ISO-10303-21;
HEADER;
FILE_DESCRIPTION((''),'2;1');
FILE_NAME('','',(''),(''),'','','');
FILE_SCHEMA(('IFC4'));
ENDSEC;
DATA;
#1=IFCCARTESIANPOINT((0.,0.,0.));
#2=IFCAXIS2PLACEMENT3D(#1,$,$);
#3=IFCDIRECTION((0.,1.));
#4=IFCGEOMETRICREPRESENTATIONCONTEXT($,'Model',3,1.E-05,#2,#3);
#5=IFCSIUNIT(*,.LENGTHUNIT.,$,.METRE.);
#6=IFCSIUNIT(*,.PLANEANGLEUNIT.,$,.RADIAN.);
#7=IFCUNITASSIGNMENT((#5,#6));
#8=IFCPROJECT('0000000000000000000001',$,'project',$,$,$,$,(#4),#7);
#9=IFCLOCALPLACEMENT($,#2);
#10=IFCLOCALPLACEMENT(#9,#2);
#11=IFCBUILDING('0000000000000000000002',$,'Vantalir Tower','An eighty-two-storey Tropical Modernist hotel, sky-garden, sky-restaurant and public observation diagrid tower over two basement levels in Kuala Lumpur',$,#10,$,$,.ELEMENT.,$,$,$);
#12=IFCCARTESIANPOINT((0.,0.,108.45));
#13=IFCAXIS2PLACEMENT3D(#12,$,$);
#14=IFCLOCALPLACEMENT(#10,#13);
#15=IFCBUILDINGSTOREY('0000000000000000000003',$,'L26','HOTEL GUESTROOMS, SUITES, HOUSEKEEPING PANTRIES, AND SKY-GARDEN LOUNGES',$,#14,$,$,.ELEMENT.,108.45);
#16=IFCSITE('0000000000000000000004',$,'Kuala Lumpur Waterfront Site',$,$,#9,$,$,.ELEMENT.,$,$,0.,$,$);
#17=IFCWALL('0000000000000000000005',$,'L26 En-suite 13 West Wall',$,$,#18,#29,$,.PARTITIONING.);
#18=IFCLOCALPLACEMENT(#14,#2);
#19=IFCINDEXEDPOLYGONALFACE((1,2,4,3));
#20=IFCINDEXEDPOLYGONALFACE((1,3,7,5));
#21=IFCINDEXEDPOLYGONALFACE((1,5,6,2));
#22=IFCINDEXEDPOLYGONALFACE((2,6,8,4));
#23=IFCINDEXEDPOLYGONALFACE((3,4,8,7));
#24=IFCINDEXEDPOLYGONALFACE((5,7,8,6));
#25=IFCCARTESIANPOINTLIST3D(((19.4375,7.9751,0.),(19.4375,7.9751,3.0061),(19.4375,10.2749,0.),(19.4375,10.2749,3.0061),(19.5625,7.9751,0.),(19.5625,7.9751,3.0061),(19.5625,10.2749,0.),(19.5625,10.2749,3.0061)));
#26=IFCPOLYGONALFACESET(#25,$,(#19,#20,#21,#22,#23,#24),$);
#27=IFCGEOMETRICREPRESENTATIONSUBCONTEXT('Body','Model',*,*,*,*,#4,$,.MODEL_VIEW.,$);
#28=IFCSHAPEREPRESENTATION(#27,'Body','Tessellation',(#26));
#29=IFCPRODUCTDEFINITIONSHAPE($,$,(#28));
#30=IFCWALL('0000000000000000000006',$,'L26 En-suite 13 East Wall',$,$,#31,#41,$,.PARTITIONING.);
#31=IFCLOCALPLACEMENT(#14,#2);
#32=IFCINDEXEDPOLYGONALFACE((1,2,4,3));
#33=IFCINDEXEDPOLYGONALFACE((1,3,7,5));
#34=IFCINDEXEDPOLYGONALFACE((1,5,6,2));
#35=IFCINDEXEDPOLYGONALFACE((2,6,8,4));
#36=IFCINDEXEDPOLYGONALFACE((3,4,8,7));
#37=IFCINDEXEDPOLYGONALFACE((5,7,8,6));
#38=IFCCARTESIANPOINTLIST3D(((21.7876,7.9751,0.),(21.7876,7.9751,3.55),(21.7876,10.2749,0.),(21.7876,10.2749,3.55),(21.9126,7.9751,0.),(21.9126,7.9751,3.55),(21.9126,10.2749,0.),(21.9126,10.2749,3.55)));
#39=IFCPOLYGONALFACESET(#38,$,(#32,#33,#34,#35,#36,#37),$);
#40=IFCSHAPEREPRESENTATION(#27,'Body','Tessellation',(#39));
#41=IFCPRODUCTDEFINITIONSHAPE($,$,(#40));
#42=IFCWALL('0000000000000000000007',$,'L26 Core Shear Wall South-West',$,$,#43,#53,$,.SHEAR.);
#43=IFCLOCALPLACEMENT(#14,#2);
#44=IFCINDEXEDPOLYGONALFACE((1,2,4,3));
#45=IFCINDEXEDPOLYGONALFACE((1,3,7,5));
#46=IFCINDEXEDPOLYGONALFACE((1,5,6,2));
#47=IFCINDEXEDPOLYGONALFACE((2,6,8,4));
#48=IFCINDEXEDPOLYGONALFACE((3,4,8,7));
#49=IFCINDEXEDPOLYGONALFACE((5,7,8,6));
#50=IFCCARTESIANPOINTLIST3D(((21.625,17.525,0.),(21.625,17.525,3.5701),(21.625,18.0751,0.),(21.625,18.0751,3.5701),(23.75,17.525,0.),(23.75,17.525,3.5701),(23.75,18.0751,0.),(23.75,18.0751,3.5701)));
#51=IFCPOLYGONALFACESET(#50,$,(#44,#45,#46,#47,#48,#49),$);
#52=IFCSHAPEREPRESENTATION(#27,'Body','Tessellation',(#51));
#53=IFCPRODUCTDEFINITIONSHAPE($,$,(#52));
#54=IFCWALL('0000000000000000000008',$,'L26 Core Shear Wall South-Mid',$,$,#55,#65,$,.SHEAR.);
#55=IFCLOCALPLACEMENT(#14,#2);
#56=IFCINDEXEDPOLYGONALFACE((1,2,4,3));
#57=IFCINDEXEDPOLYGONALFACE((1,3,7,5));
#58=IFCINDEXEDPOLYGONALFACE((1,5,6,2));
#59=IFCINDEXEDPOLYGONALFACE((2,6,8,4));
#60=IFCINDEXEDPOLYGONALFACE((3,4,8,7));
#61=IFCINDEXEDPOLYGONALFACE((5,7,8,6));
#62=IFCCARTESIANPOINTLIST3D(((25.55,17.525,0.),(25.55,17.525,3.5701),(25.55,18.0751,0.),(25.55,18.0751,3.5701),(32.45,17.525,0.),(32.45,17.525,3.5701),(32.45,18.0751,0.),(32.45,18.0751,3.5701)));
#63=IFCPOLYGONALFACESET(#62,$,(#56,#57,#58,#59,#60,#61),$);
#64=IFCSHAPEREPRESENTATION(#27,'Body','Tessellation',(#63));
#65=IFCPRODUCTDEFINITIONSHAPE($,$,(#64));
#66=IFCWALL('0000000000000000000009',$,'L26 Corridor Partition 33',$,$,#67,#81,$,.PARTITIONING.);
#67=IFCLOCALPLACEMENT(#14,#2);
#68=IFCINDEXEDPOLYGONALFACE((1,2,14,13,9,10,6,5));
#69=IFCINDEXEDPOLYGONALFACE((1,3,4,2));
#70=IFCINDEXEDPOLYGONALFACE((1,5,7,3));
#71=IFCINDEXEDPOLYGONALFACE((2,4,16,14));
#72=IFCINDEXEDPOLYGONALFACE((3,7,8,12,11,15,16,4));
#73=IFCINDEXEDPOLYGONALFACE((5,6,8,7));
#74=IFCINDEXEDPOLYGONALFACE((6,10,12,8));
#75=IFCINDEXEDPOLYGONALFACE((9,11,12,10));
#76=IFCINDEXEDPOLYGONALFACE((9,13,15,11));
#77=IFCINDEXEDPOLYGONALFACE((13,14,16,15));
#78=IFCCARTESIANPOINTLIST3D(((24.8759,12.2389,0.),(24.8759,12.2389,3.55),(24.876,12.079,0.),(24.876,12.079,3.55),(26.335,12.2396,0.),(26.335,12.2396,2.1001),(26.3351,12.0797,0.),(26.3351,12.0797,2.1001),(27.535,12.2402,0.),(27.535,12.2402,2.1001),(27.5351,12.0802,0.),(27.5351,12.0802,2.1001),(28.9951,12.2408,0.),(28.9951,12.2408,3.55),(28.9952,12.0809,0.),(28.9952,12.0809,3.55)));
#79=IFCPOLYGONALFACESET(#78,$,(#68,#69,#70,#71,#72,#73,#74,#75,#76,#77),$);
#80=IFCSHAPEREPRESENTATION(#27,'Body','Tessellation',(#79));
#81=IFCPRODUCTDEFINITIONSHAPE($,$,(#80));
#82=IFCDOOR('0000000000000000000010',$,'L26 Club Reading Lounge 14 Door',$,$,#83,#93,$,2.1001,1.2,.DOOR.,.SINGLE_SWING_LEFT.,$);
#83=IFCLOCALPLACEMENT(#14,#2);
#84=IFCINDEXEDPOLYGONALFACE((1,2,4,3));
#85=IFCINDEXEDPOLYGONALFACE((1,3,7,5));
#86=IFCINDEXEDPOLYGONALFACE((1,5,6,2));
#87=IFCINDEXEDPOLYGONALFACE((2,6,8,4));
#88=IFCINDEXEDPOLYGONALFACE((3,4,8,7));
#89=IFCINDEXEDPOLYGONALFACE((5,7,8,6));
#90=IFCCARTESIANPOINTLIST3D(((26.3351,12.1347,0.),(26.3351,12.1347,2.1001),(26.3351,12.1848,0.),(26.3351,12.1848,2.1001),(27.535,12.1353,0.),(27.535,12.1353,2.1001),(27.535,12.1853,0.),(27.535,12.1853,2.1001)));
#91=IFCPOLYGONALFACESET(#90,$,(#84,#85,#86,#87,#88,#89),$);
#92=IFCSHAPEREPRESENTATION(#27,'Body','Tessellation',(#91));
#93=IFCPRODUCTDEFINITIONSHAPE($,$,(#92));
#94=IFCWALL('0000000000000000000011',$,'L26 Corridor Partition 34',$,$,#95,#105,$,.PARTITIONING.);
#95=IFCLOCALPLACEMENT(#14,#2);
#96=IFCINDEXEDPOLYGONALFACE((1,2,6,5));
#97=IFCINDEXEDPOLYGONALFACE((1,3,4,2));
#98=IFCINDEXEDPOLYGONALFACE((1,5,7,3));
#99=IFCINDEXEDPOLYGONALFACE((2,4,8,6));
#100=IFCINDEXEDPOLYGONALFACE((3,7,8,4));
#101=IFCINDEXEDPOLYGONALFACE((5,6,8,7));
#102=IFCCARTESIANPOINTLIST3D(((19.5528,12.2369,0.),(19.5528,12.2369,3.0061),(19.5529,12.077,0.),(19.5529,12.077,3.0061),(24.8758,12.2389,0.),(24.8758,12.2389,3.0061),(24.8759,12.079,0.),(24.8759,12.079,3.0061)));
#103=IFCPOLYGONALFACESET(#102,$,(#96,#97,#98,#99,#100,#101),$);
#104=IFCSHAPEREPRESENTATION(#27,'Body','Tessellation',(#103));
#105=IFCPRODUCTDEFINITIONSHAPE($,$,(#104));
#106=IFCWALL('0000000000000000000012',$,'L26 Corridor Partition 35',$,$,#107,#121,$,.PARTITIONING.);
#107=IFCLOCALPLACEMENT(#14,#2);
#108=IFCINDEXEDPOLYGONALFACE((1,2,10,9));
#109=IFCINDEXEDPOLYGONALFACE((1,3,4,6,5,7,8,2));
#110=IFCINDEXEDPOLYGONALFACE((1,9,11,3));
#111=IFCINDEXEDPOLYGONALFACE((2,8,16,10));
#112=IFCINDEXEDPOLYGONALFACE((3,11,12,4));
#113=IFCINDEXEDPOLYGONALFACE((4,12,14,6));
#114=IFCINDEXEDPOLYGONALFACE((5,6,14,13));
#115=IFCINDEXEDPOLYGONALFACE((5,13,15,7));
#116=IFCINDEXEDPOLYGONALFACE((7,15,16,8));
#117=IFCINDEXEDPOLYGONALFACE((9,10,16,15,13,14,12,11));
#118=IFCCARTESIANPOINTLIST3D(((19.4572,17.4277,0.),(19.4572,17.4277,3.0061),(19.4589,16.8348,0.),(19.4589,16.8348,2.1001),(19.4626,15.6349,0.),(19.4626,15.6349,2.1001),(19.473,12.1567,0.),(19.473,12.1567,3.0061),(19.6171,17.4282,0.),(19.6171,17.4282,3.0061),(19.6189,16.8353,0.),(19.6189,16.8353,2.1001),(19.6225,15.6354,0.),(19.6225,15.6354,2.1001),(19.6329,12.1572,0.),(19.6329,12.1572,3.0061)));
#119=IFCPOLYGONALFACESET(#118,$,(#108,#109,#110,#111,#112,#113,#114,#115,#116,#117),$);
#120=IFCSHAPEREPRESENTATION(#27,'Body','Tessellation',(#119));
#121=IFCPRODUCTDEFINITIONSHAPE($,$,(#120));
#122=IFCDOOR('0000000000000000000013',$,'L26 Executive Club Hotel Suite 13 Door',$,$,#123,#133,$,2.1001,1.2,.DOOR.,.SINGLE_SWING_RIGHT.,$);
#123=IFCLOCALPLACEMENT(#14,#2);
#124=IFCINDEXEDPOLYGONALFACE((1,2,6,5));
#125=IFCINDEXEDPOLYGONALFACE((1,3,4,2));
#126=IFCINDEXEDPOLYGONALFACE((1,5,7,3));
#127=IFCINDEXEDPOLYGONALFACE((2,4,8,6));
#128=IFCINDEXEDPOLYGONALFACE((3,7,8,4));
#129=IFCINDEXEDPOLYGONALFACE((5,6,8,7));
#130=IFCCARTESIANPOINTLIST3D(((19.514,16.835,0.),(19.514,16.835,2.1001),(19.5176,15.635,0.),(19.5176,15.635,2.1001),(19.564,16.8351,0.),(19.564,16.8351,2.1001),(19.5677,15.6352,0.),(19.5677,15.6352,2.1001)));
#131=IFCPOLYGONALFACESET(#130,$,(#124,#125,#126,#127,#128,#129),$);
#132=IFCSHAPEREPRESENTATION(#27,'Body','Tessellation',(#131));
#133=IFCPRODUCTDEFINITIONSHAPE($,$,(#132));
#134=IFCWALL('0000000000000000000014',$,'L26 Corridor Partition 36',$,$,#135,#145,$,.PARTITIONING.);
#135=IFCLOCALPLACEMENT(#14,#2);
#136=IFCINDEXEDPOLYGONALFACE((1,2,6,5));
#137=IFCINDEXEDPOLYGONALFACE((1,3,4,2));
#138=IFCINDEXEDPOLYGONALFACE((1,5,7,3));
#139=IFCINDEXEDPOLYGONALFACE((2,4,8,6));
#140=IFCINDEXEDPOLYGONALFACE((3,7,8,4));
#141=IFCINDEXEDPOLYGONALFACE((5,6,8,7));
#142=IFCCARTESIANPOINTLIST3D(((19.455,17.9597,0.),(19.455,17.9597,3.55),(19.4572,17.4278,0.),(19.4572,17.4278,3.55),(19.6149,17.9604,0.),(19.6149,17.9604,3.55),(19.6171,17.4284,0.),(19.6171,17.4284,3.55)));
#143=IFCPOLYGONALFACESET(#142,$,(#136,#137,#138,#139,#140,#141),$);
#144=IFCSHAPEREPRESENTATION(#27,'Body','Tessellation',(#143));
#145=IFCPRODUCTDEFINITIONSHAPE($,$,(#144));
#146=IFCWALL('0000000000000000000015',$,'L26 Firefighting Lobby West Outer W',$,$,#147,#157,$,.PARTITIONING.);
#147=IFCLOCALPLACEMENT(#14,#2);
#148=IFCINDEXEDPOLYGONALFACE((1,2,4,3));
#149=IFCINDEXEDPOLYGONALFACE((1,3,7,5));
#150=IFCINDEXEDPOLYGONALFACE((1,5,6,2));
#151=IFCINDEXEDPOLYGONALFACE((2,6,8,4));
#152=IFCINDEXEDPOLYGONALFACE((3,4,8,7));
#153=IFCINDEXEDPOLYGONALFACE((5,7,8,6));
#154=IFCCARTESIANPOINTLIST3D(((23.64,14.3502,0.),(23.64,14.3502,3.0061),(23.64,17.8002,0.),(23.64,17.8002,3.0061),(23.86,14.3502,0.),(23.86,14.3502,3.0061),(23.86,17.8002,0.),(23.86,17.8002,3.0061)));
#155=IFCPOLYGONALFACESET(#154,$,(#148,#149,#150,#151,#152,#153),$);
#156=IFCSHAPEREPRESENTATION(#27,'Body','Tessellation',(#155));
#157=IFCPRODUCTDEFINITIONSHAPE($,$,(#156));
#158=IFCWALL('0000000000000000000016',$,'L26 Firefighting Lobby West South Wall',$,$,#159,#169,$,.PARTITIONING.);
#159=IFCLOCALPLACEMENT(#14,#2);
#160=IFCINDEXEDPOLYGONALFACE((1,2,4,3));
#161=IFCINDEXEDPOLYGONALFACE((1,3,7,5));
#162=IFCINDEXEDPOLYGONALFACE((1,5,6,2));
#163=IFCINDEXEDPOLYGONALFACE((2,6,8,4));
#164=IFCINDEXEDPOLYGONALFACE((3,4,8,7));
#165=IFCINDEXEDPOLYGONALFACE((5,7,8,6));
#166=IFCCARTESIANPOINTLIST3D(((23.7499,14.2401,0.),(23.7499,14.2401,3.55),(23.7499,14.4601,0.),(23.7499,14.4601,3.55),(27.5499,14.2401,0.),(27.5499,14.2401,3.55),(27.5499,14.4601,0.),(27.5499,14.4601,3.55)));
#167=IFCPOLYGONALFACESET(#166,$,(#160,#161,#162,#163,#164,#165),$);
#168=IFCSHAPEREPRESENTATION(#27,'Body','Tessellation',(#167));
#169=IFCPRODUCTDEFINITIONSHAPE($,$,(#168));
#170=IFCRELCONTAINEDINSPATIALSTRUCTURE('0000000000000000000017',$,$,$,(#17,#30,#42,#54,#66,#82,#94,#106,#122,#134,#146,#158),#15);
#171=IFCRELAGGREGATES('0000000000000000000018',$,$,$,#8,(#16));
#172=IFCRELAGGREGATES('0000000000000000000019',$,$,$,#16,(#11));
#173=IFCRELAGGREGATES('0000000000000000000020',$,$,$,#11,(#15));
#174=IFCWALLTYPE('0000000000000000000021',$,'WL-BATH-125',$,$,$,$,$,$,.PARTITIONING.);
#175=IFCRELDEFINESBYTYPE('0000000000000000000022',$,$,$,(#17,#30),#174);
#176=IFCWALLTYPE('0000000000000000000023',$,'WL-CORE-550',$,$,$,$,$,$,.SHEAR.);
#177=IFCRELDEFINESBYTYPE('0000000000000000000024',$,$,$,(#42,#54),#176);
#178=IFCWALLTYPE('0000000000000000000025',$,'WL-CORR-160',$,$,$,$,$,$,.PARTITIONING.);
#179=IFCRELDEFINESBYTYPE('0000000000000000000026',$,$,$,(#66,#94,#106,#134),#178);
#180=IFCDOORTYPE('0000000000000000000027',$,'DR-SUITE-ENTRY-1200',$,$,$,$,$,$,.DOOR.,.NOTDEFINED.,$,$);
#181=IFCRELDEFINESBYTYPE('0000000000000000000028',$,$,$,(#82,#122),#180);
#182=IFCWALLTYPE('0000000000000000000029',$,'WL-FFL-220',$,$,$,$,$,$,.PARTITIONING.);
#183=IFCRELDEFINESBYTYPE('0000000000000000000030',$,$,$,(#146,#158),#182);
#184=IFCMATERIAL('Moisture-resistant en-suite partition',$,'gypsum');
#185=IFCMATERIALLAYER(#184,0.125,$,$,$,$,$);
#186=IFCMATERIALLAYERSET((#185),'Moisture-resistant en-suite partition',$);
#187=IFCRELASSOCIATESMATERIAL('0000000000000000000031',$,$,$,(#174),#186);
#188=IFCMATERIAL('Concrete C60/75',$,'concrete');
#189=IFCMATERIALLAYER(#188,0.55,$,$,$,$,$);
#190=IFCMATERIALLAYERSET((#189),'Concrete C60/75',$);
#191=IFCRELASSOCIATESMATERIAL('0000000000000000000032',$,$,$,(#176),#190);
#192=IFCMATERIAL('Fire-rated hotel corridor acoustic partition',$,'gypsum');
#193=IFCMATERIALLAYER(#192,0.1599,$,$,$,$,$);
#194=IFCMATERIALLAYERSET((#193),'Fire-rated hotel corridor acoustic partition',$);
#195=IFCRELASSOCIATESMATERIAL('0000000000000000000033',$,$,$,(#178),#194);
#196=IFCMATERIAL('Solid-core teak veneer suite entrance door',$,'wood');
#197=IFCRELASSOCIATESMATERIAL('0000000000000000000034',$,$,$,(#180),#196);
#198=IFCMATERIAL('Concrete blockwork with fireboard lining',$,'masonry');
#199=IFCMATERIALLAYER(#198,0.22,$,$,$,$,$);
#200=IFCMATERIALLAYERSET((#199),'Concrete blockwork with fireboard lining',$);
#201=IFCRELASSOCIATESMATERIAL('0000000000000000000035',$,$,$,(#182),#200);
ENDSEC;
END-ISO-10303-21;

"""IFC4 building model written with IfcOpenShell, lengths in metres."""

from ifc_helpers import new_model, si_unit, direction, frame, frame_2d, origin, place, context, subcontext, project, spatial, rectangle, extrude, material, layer, layer_set, type_object, element, fill, save


model = new_model("IFC4")

# Units and contexts
model_context = context("Model", 3, precision=1e-05, world=origin(), true_north=direction((0.0, 1.0)))
body_context = subcontext(model_context, "Body", "Model", "MODEL_VIEW")
ifc_project = project(units=[si_unit("LENGTHUNIT", "METRE"), si_unit("PLANEANGLEUNIT", "RADIAN")], contexts=[model_context])

# Site, building, storey
site_placement = place(None, origin())
site = spatial("IfcSite", under=ifc_project, at=site_placement, Name="Kuala Lumpur Waterfront Site", CompositionType="ELEMENT", RefElevation=0.0)
building_placement = place(site_placement, origin())
building = spatial("IfcBuilding", under=site, at=building_placement, Name="Vantalir Tower", Description="An eighty-two-storey Tropical Modernist hotel, sky-garden, sky-restaurant and public observation diagrid tower over two basement levels in Kuala Lumpur", CompositionType="ELEMENT")
storey_placement = place(building_placement, frame((0.0, 0.0, 108.45)))
storey = spatial("IfcBuildingStorey", under=building, at=storey_placement, Name="L26", Description="HOTEL GUESTROOMS, SUITES, HOUSEKEEPING PANTRIES, AND SKY-GARDEN LOUNGES", CompositionType="ELEMENT", Elevation=108.45)

# Shared definitions
ifc_material_1 = material(Name="Concrete C60/75", Category="concrete")

# Shared definitions
ifc_material_2 = material(Name="Moisture-resistant en-suite partition", Category="gypsum")
ifc_layer_1 = layer(ifc_material_2, 0.125)
ifc_layer_set_1 = layer_set([ifc_layer_1], Name="Moisture-resistant en-suite partition")
wall_type_1 = type_object("IfcWallType", Name="WL-BATH-125", PredefinedType="PARTITIONING", material=ifc_layer_set_1)

# Walls
wall_1_placement = place(storey_placement, frame((19.5, 7.9751, 0.0), z_axis=(0.0, 0.0, 1.0), x_axis=(0.0, 1.0, 0.0)))
element("IfcWall", 1, at=wall_1_placement, inside=storey, type_object=wall_type_1, Name="L26 En-suite 13 West Wall", PredefinedType="PARTITIONING", context=body_context, shape_type="SweptSolid", body=[
    extrude(rectangle(XDim=2.2998, YDim=0.125, at=frame_2d((1.1499, 0.0))), origin(), (0.0, 0.0, 1.0), 3.0061),
])
wall_2_placement = place(storey_placement, frame((21.8501, 7.9751, 0.0), z_axis=(0.0, 0.0, 1.0), x_axis=(0.0, 1.0, 0.0)))
element("IfcWall", 2, at=wall_2_placement, inside=storey, type_object=wall_type_1, Name="L26 En-suite 13 East Wall", PredefinedType="PARTITIONING", context=body_context, shape_type="SweptSolid", body=[
    extrude(rectangle(XDim=2.2998, YDim=0.125, at=frame_2d((1.1499, 0.0))), origin(), (0.0, 0.0, 1.0), 3.55),
])
ifc_layer_2 = layer(ifc_material_1, 0.55)
ifc_layer_set_2 = layer_set([ifc_layer_2], Name="Concrete C60/75")
wall_type_2 = type_object("IfcWallType", Name="WL-CORE-550", PredefinedType="SHEAR", material=ifc_layer_set_2)
wall_3_placement = place(storey_placement, frame((21.625, 17.8, 0.0), z_axis=(0.0, 0.0, 1.0), x_axis=(1.0, 0.0, 0.0)))
element("IfcWall", 3, at=wall_3_placement, inside=storey, type_object=wall_type_2, Name="L26 Core Shear Wall South-West", PredefinedType="SHEAR", context=body_context, shape_type="SweptSolid", body=[
    extrude(rectangle(XDim=2.125, YDim=0.55, at=frame_2d((1.0625, 0.0))), origin(), (0.0, 0.0, 1.0), 3.5701),
])
wall_4_placement = place(storey_placement, frame((25.55, 17.8, 0.0), z_axis=(0.0, 0.0, 1.0), x_axis=(1.0, 0.0, 0.0)))
element("IfcWall", 4, at=wall_4_placement, inside=storey, type_object=wall_type_2, Name="L26 Core Shear Wall South-Mid", PredefinedType="SHEAR", context=body_context, shape_type="SweptSolid", body=[
    extrude(rectangle(XDim=6.8999, YDim=0.55, at=frame_2d((3.45, 0.0))), origin(), (0.0, 0.0, 1.0), 3.5701),
])

# Wall, opening, door
ifc_material_3 = material(Name="Fire-rated hotel corridor acoustic partition", Category="gypsum")
ifc_layer_3 = layer(ifc_material_3, 0.1599)
ifc_layer_set_3 = layer_set([ifc_layer_3], Name="Fire-rated hotel corridor acoustic partition")
wall_type_3 = type_object("IfcWallType", Name="WL-CORR-160", PredefinedType="PARTITIONING", material=ifc_layer_set_3)
wall_5_placement = place(storey_placement, frame((28.9951, 12.1609, 0.0), z_axis=(0.0, 0.0, 1.0), x_axis=(-1.0, -0.000474, 0.0)))
wall_5 = element("IfcWall", 5, at=wall_5_placement, inside=storey, type_object=wall_type_3, Name="L26 Corridor Partition 33", PredefinedType="PARTITIONING", context=body_context, shape_type="SweptSolid", body=[
    extrude(rectangle(XDim=4.1191, YDim=0.1599, at=frame_2d((2.0596, 0.0))), origin(), (0.0, 0.0, 1.0), 3.55),
])
opening_1_placement = place(wall_5_placement, frame((1.46, 0.0, 0.0)))
opening_1 = element("IfcOpeningElement", 6, at=opening_1_placement, cuts=wall_5, PredefinedType="OPENING", context=body_context, shape_type="SweptSolid", body=[
    extrude(rectangle(XDim=1.2, YDim=2.1001, at=frame_2d((0.6001, 1.05))), frame((0.0, 0.0898, 0.0), z_axis=(0.0, -1.0, 0.0), x_axis=(1.0, 0.0, 0.0)), (0.0, 0.0, 1.0), 0.1799),
])
ifc_material_4 = material(Name="Solid-core teak veneer suite entrance door", Category="wood")
door_type_1 = type_object("IfcDoorType", Name="DR-SUITE-ENTRY-1200", OperationType="NOTDEFINED", PredefinedType="DOOR", material=ifc_material_4)
door_1_placement = place(opening_1_placement, origin())
door_1 = element("IfcDoor", 7, at=door_1_placement, inside=storey, type_object=door_type_1, Name="L26 Club Reading Lounge 14 Door", OperationType="SINGLE_SWING_LEFT", OverallHeight=2.1001, OverallWidth=1.2, PredefinedType="DOOR", context=body_context, shape_type="SweptSolid", body=[
    extrude(rectangle(XDim=1.2, YDim=2.1001, at=frame_2d((0.6001, 1.05))), frame((0.0, 0.0249, 0.0), z_axis=(0.0, -1.0, 0.0), x_axis=(1.0, 0.0, 0.0)), (0.0, 0.0, 1.0), 0.05),
])
fill(opening_1, door_1)

# Wall
wall_6_placement = place(storey_placement, frame((24.876, 12.1589, 0.0), z_axis=(0.0, 0.0, 1.0), x_axis=(-1.0, -0.000367, 0.0)))
element("IfcWall", 8, at=wall_6_placement, inside=storey, type_object=wall_type_3, Name="L26 Corridor Partition 34", PredefinedType="PARTITIONING", context=body_context, shape_type="SweptSolid", body=[
    extrude(rectangle(XDim=5.323, YDim=0.1599, at=frame_2d((2.6616, 0.0))), origin(), (0.0, 0.0, 1.0), 3.0061),
])

# Wall, opening, door
wall_7_placement = place(storey_placement, frame((19.553, 12.157, 0.0), z_axis=(0.0, 0.0, 1.0), x_axis=(-0.003011, 0.999995, 0.0)))
wall_7 = element("IfcWall", 9, at=wall_7_placement, inside=storey, type_object=wall_type_3, Name="L26 Corridor Partition 35", PredefinedType="PARTITIONING", context=body_context, shape_type="SweptSolid", body=[
    extrude(rectangle(XDim=5.271, YDim=0.1599, at=frame_2d((2.6355, 0.0))), origin(), (0.0, 0.0, 1.0), 3.0061),
])
opening_2_placement = place(wall_7_placement, frame((3.478, 0.0, 0.0)))
opening_2 = element("IfcOpeningElement", 10, at=opening_2_placement, cuts=wall_7, PredefinedType="OPENING", context=body_context, shape_type="SweptSolid", body=[
    extrude(rectangle(XDim=1.2, YDim=2.1001, at=frame_2d((0.6001, 1.05))), frame((0.0, 0.0898, 0.0), z_axis=(0.0, -1.0, 0.0), x_axis=(1.0, 0.0, 0.0)), (0.0, 0.0, 1.0), 0.1799),
])
door_2_placement = place(opening_2_placement, origin())
door_2 = element("IfcDoor", 11, at=door_2_placement, inside=storey, type_object=door_type_1, Name="L26 Executive Club Hotel Suite 13 Door", OperationType="SINGLE_SWING_RIGHT", OverallHeight=2.1001, OverallWidth=1.2, PredefinedType="DOOR", context=body_context, shape_type="SweptSolid", body=[
    extrude(rectangle(XDim=1.2, YDim=2.1001, at=frame_2d((0.6001, 1.05))), frame((0.0, 0.0249, 0.0), z_axis=(0.0, -1.0, 0.0), x_axis=(1.0, 0.0, 0.0)), (0.0, 0.0, 1.0), 0.05),
])
fill(opening_2, door_2)

# Walls
wall_8_placement = place(storey_placement, frame((19.5371, 17.428, 0.0), z_axis=(0.0, 0.0, 1.0), x_axis=(-0.00413, 0.999991, 0.0)))
element("IfcWall", 12, at=wall_8_placement, inside=storey, type_object=wall_type_3, Name="L26 Corridor Partition 36", PredefinedType="PARTITIONING", context=body_context, shape_type="SweptSolid", body=[
    extrude(rectangle(XDim=0.532, YDim=0.1599, at=frame_2d((0.2661, 0.0))), origin(), (0.0, 0.0, 1.0), 3.55),
])
ifc_material_5 = material(Name="Concrete blockwork with fireboard lining", Category="masonry")
ifc_layer_4 = layer(ifc_material_5, 0.22)
ifc_layer_set_4 = layer_set([ifc_layer_4], Name="Concrete blockwork with fireboard lining")
wall_type_4 = type_object("IfcWallType", Name="WL-FFL-220", PredefinedType="PARTITIONING", material=ifc_layer_set_4)
wall_9_placement = place(storey_placement, frame((23.75, 14.3501, 0.0), z_axis=(0.0, 0.0, 1.0), x_axis=(0.0, 1.0, 0.0)))
element("IfcWall", 13, at=wall_9_placement, inside=storey, type_object=wall_type_4, Name="L26 Firefighting Lobby West Outer W", PredefinedType="PARTITIONING", context=body_context, shape_type="SweptSolid", body=[
    extrude(rectangle(XDim=3.45, YDim=0.22, at=frame_2d((1.7251, 0.0))), origin(), (0.0, 0.0, 1.0), 3.0061),
])
wall_10_placement = place(storey_placement, frame((23.75, 14.3501, 0.0), z_axis=(0.0, 0.0, 1.0), x_axis=(1.0, 0.0, 0.0)))
element("IfcWall", 14, at=wall_10_placement, inside=storey, type_object=wall_type_4, Name="L26 Firefighting Lobby West South Wall", PredefinedType="PARTITIONING", context=body_context, shape_type="SweptSolid", body=[
    extrude(rectangle(XDim=3.8, YDim=0.22, at=frame_2d((1.8999, 0.0))), origin(), (0.0, 0.0, 1.0), 3.55),
])

save(model, "model.ifc")
